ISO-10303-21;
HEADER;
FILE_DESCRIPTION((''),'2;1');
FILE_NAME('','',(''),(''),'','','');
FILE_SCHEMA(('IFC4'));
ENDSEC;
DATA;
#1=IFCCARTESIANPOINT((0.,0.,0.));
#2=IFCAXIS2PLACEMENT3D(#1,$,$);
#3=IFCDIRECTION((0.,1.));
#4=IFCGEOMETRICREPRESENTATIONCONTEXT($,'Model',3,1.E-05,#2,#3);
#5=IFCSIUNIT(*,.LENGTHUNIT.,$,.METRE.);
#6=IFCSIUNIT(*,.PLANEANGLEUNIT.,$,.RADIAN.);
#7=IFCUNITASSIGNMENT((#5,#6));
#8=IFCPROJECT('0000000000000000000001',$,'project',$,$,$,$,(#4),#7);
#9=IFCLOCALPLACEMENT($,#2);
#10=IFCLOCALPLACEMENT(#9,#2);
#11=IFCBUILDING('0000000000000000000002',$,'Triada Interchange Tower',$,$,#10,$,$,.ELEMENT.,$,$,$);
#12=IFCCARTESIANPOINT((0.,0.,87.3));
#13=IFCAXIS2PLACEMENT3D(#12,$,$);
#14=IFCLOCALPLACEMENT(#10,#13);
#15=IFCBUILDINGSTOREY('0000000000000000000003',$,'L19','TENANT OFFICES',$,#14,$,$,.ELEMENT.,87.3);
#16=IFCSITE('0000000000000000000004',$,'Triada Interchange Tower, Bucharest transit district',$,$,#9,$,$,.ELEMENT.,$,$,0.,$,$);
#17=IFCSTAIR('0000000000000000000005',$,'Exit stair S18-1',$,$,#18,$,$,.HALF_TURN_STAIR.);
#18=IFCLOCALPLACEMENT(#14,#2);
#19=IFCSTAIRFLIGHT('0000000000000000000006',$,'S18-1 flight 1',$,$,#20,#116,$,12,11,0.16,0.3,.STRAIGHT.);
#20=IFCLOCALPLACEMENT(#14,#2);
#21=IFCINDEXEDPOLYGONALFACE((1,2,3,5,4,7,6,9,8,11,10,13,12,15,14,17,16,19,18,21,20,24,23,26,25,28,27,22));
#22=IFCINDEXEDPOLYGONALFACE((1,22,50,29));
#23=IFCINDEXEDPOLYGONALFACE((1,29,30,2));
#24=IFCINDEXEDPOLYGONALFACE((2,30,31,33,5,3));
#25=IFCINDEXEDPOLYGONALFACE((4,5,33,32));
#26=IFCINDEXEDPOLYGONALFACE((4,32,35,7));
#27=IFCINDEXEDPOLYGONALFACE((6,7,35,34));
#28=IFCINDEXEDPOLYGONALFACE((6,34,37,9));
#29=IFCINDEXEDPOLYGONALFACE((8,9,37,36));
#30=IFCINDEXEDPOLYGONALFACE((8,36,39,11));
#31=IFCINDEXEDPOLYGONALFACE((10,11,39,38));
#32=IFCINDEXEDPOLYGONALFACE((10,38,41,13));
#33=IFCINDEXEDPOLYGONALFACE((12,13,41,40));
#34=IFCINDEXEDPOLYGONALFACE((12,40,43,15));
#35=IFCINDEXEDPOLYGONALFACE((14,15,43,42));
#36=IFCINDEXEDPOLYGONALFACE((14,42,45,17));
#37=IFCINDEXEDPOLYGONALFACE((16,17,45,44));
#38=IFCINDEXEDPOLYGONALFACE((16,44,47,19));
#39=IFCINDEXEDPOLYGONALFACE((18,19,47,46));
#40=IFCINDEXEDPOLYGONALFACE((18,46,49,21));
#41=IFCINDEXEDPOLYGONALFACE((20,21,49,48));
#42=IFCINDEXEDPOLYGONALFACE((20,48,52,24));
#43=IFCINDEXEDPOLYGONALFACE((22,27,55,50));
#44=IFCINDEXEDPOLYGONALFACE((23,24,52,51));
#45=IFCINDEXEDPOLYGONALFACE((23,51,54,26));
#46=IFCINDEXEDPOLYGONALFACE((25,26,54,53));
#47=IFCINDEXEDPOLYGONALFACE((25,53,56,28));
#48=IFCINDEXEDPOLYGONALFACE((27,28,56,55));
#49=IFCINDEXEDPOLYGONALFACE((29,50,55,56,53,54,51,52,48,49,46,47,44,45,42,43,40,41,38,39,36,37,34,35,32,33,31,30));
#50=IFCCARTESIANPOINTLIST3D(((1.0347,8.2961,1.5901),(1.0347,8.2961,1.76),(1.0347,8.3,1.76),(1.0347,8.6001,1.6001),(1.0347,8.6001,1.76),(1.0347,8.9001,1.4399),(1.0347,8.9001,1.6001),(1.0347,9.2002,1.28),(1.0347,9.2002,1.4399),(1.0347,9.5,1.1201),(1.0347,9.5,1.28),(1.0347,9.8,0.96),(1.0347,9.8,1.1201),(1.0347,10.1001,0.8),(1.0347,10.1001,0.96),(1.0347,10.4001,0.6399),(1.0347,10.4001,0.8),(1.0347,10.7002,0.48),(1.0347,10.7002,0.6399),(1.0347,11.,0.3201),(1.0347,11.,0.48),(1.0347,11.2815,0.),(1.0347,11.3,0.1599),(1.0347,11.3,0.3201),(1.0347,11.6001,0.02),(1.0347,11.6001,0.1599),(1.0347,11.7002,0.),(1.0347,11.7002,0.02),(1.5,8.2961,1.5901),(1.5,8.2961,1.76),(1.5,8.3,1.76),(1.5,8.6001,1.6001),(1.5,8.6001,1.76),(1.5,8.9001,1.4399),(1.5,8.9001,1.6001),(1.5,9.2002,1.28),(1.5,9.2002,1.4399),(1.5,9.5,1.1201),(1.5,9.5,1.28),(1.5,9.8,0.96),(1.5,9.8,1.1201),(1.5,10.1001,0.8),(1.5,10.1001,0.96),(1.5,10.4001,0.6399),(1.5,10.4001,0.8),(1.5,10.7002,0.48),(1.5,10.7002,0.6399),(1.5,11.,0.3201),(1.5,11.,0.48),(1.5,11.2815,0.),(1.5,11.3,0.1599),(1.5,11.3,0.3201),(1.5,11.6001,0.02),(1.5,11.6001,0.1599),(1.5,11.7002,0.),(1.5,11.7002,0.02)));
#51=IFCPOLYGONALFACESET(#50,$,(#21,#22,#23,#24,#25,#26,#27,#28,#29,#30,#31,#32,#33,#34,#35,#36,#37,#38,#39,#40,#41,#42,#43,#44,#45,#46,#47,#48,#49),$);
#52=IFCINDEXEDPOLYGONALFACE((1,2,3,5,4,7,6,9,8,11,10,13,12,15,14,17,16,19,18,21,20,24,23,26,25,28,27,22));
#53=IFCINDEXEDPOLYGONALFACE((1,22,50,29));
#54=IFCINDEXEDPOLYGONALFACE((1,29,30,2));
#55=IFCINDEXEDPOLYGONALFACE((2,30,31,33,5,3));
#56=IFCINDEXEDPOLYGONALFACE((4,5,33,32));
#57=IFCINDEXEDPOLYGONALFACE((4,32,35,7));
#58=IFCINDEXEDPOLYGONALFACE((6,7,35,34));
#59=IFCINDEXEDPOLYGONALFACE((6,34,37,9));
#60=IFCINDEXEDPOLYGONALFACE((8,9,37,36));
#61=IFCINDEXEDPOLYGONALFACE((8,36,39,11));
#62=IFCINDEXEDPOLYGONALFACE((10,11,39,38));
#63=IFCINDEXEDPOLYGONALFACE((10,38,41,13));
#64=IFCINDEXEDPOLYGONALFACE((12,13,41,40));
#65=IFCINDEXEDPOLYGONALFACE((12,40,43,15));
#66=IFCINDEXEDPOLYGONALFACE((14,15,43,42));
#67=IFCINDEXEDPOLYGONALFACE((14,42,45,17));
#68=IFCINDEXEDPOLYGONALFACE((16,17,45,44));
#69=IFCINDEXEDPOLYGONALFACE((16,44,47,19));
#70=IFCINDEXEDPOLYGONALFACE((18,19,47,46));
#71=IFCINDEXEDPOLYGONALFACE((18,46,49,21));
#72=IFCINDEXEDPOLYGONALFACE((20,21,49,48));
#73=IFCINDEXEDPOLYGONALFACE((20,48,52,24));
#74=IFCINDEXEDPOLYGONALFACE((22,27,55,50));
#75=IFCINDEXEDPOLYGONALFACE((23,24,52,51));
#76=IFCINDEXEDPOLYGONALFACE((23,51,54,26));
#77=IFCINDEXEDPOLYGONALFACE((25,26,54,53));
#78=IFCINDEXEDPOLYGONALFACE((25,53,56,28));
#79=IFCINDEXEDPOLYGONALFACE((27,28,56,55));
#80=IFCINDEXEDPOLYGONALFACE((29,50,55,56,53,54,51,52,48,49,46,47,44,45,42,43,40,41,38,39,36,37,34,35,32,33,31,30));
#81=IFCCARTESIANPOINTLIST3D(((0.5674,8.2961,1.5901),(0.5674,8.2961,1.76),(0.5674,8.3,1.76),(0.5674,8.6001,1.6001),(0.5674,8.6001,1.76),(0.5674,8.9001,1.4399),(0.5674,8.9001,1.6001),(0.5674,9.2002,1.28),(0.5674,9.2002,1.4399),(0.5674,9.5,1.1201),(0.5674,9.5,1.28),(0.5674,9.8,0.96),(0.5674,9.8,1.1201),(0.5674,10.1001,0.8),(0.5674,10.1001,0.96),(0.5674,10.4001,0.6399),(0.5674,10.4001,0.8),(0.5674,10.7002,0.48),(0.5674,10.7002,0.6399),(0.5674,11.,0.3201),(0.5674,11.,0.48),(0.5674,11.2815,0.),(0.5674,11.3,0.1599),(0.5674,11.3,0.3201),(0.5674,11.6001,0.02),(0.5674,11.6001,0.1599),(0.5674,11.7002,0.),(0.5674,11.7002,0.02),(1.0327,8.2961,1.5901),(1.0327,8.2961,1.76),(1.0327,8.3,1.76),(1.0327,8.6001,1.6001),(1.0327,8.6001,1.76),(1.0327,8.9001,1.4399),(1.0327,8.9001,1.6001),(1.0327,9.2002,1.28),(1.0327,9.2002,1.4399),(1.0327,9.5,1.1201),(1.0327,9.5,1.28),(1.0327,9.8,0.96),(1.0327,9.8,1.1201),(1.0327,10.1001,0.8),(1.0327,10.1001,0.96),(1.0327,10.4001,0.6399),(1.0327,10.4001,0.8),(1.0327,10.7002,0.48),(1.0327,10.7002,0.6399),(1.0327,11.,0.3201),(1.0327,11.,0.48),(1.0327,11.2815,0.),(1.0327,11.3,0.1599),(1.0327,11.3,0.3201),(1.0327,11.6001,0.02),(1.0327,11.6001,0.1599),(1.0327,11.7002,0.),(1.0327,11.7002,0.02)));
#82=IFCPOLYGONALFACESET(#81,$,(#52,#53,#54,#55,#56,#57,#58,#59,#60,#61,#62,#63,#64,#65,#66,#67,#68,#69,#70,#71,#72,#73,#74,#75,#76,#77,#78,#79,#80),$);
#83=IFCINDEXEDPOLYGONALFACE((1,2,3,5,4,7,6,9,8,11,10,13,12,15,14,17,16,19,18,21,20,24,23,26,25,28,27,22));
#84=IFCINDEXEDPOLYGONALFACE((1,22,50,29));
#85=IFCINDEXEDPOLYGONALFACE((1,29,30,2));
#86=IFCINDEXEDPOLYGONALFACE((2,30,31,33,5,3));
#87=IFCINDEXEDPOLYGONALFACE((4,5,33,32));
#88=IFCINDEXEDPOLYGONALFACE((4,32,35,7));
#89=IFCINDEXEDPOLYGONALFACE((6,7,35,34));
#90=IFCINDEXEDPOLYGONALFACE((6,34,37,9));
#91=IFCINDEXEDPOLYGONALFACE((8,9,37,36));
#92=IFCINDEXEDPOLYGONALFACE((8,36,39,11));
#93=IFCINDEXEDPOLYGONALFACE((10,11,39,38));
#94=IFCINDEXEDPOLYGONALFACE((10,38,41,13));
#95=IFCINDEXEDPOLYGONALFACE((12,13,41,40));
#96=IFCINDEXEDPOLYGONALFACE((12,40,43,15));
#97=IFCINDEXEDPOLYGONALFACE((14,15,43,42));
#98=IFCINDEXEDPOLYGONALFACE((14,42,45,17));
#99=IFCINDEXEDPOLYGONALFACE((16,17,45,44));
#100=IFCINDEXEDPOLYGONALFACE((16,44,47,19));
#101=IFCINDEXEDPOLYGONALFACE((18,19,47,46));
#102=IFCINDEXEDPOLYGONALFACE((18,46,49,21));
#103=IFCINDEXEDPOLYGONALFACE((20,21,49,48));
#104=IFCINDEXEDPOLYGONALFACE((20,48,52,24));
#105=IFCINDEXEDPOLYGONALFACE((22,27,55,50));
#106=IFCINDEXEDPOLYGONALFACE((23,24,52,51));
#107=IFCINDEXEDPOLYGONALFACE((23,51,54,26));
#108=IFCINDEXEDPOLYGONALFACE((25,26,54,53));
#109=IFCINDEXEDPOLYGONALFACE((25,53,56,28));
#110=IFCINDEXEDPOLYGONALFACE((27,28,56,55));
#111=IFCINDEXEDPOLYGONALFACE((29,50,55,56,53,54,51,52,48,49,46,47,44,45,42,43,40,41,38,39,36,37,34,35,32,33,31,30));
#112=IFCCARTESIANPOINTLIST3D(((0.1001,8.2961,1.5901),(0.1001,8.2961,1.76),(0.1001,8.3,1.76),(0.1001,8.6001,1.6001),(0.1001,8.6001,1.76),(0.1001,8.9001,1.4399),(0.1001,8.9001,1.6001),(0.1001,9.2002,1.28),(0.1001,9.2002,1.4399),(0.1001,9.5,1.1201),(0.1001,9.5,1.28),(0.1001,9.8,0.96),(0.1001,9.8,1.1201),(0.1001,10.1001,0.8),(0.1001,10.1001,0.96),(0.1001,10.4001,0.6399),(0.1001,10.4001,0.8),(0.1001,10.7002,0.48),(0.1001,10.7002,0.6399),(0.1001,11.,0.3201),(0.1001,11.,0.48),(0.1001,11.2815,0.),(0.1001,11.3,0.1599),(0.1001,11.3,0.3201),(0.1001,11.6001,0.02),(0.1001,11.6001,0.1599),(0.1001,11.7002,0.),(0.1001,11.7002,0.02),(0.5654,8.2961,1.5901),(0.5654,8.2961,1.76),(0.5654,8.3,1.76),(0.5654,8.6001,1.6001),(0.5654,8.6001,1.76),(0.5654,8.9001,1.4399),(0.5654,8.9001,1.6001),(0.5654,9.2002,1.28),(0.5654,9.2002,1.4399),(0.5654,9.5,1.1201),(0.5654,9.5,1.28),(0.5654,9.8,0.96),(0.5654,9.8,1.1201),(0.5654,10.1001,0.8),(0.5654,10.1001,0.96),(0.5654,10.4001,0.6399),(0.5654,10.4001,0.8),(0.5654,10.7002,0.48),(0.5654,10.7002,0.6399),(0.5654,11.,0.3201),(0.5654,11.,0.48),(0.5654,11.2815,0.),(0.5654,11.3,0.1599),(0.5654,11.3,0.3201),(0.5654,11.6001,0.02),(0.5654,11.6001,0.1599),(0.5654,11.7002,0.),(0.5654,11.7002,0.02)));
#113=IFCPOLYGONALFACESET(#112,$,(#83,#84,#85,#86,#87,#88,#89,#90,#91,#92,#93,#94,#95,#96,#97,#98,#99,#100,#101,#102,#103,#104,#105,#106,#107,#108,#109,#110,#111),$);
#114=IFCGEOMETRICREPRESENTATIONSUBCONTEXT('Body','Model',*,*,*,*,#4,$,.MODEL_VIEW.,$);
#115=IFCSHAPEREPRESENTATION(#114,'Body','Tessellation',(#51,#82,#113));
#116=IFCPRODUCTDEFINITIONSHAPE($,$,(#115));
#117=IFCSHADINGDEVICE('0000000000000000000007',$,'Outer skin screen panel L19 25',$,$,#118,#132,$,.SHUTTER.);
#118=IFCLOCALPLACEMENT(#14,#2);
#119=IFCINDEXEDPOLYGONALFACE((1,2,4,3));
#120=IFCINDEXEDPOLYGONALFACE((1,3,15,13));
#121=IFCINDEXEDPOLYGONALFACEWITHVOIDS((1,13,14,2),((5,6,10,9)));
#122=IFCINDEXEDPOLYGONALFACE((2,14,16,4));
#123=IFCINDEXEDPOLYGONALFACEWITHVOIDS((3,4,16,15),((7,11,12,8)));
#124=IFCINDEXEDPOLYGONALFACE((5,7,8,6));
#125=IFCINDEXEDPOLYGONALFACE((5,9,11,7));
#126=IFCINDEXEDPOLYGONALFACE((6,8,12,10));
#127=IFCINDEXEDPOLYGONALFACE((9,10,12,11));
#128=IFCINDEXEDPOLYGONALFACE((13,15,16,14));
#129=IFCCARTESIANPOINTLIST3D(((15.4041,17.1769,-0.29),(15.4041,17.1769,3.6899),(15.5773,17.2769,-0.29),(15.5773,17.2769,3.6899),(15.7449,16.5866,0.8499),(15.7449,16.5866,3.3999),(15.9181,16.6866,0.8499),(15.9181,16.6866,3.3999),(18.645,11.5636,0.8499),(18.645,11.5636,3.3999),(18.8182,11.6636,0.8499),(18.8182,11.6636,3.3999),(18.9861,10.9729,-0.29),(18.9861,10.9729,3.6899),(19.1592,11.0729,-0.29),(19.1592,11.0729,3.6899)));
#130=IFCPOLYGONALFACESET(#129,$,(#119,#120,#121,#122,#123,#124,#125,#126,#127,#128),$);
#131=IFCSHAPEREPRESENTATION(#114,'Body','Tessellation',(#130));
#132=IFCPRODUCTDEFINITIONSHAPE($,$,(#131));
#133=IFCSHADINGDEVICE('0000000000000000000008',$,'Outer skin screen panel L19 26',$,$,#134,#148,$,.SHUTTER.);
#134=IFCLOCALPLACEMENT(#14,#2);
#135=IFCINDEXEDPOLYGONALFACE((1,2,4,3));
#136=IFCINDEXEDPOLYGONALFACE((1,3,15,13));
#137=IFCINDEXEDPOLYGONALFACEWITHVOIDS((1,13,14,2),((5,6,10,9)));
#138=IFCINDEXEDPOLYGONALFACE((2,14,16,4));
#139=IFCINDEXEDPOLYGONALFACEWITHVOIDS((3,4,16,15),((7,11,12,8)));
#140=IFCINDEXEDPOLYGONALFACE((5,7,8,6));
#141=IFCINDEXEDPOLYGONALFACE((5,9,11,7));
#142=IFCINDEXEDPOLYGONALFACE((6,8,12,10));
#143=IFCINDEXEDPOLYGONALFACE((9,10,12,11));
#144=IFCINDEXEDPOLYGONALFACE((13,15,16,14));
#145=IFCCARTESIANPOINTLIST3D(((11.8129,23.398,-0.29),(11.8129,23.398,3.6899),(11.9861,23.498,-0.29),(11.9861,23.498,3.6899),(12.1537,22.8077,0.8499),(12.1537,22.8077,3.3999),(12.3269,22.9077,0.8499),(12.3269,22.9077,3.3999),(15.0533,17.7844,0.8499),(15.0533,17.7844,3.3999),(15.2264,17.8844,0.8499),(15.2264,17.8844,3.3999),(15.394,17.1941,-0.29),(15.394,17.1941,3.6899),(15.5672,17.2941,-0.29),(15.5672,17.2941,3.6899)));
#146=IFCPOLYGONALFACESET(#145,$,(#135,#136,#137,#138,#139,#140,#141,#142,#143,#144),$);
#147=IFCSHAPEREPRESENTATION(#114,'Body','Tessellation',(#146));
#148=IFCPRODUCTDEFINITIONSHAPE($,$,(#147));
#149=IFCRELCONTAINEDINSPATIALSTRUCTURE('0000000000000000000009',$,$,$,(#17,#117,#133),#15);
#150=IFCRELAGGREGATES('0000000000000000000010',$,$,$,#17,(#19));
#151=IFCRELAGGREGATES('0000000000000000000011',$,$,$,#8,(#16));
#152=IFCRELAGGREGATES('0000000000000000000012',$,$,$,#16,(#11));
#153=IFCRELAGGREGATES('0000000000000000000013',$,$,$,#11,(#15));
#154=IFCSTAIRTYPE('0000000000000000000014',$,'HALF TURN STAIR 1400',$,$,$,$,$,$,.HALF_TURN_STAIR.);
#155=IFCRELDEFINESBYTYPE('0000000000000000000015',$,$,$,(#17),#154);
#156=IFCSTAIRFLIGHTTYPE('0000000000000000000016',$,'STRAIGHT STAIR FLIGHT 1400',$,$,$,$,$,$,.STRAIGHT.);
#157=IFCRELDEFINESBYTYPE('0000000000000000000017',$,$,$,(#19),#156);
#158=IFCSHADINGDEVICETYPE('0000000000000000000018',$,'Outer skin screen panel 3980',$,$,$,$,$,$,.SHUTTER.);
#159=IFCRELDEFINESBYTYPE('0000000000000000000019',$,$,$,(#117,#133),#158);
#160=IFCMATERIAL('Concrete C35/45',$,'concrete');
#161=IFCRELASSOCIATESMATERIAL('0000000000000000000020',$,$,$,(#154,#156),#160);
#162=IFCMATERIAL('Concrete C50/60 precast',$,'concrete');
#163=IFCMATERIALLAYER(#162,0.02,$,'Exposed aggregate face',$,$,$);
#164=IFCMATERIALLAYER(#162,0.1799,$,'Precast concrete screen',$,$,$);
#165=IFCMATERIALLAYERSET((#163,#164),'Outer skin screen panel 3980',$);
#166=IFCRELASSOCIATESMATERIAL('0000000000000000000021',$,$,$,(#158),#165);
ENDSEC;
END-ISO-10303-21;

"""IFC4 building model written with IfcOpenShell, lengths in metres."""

from ifc_helpers import new_model, si_unit, direction, frame, origin, place, context, subcontext, project, spatial, polyline, outline, extrude, material, layer, layer_set, type_object, element, aggregate, save


model = new_model("IFC4")

# Units and contexts
model_context = context("Model", 3, precision=1e-05, world=origin(), true_north=direction((0.0, 1.0)))
body_context = subcontext(model_context, "Body", "Model", "MODEL_VIEW")
ifc_project = project(units=[si_unit("LENGTHUNIT", "METRE"), si_unit("PLANEANGLEUNIT", "RADIAN")], contexts=[model_context])

# Site, building, storey
site_placement = place(None, origin())
site = spatial("IfcSite", under=ifc_project, at=site_placement, Name="Triada Interchange Tower, Bucharest transit district", CompositionType="ELEMENT", RefElevation=0.0)
building_placement = place(site_placement, origin())
building = spatial("IfcBuilding", under=site, at=building_placement, Name="Triada Interchange Tower", CompositionType="ELEMENT")
storey_placement = place(building_placement, frame((0.0, 0.0, 87.3)))
storey = spatial("IfcBuildingStorey", under=building, at=storey_placement, Name="L19", Description="TENANT OFFICES", CompositionType="ELEMENT", Elevation=87.3)

# Stair, stair flight
ifc_material_1 = material(Name="Concrete C35/45", Category="concrete")
stair_type = type_object("IfcStairType", Name="HALF TURN STAIR 1400", PredefinedType="HALF_TURN_STAIR", material=ifc_material_1)
stair_placement = place(storey_placement, origin())
stair = element("IfcStair", 1, at=stair_placement, inside=storey, type_object=stair_type, Name="Exit stair S18-1", PredefinedType="HALF_TURN_STAIR")
stair_flight_type = type_object("IfcStairFlightType", Name="STRAIGHT STAIR FLIGHT 1400", PredefinedType="STRAIGHT", material=ifc_material_1)
stair_flight_placement = place(storey_placement, frame((0.8, 11.6001, 0.0), z_axis=(0.0, 0.0, 1.0), x_axis=(0.0, -1.0, 0.0)))
stair_flight = element("IfcStairFlight", 2, at=stair_flight_placement, type_object=stair_flight_type, Name="S18-1 flight 1", NumberOfRisers=12, NumberOfTreads=11, PredefinedType="STRAIGHT", RiserHeight=0.16, TreadLength=0.3, context=body_context, shape_type="SweptSolid", body=[
    extrude(outline(polyline([(-0.1001, 0.0), (-0.1001, 0.02), (0.0, 0.02), (0.0, 0.1599), (0.3, 0.1599), (0.3, 0.3201), (0.6001, 0.3201), (0.6001, 0.48), (0.8999, 0.48), (0.8999, 0.6399), (1.2, 0.6399), (1.2, 0.8), (1.5, 0.8), (1.5, 0.96), (1.8, 0.96), (1.8, 1.1201), (2.1001, 1.1201), (2.1001, 1.28), (2.3999, 1.28), (2.3999, 1.4399), (2.7, 1.4399), (2.7, 1.6001), (3.0, 1.6001), (3.0, 1.76), (3.3, 1.76), (3.304, 1.76), (3.304, 1.9199), (3.304, 1.5901), (0.3186, 0.0), (-0.1001, 0.0)])), frame((0.0, 0.7, 0.0), z_axis=(0.0, -1.0, 0.0), x_axis=(1.0, 0.0, 0.0)), (0.0, 0.0, 1.0), 0.4653),
    extrude(outline(polyline([(-0.1001, 0.0), (-0.1001, 0.02), (0.0, 0.02), (0.0, 0.1599), (0.3, 0.1599), (0.3, 0.3201), (0.6001, 0.3201), (0.6001, 0.48), (0.8999, 0.48), (0.8999, 0.6399), (1.2, 0.6399), (1.2, 0.8), (1.5, 0.8), (1.5, 0.96), (1.8, 0.96), (1.8, 1.1201), (2.1001, 1.1201), (2.1001, 1.28), (2.3999, 1.28), (2.3999, 1.4399), (2.7, 1.4399), (2.7, 1.6001), (3.0, 1.6001), (3.0, 1.76), (3.3, 1.76), (3.304, 1.76), (3.304, 1.9199), (3.304, 1.5901), (0.3186, 0.0), (-0.1001, 0.0)])), frame((0.0, 0.2327, 0.0), z_axis=(0.0, -1.0, 0.0), x_axis=(1.0, 0.0, 0.0)), (0.0, 0.0, 1.0), 0.4653),
    extrude(outline(polyline([(-0.1001, 0.0), (-0.1001, 0.02), (0.0, 0.02), (0.0, 0.1599), (0.3, 0.1599), (0.3, 0.3201), (0.6001, 0.3201), (0.6001, 0.48), (0.8999, 0.48), (0.8999, 0.6399), (1.2, 0.6399), (1.2, 0.8), (1.5, 0.8), (1.5, 0.96), (1.8, 0.96), (1.8, 1.1201), (2.1001, 1.1201), (2.1001, 1.28), (2.3999, 1.28), (2.3999, 1.4399), (2.7, 1.4399), (2.7, 1.6001), (3.0, 1.6001), (3.0, 1.76), (3.3, 1.76), (3.304, 1.76), (3.304, 1.9199), (3.304, 1.5901), (0.3186, 0.0), (-0.1001, 0.0)])), frame((0.0, -0.2346, 0.0), z_axis=(0.0, -1.0, 0.0), x_axis=(1.0, 0.0, 0.0)), (0.0, 0.0, 1.0), 0.4653),
])

# Shading devices
ifc_material_2 = material(Name="Concrete C50/60 precast", Category="concrete")
ifc_layer_1 = layer(ifc_material_2, 0.02, Name="Exposed aggregate face")
ifc_layer_2 = layer(ifc_material_2, 0.1799, Name="Precast concrete screen")
ifc_layer_set_1 = layer_set([ifc_layer_1, ifc_layer_2], Name="Outer skin screen panel 3980")
shading_device_type = type_object("IfcShadingDeviceType", Name="Outer skin screen panel 3980", PredefinedType="SHUTTER", material=ifc_layer_set_1)
shading_device_1_placement = place(storey_placement, frame((18.9861, 10.9729, -0.29), z_axis=(0.0, 0.0, 1.0), x_axis=(-0.50001, 0.86602, 0.0)))
element("IfcShadingDevice", 3, at=shading_device_1_placement, inside=storey, type_object=shading_device_type, Name="Outer skin screen panel L19 25", PredefinedType="SHUTTER", context=body_context, shape_type="SweptSolid", body=[
    extrude(outline(polyline([(0.0, 0.0), (7.1638, 0.0), (7.1638, 3.98), (0.0, 3.98), (0.0, 0.0)]), holes=[polyline([(0.6821, 1.1399), (0.6821, 3.6899), (6.4822, 3.6899), (6.4822, 1.1399), (0.6821, 1.1399)])]), frame((0.0, 0.0, 0.0), z_axis=(0.0, -1.0, 0.0), x_axis=(1.0, 0.0, 0.0)), (0.0, 0.0, 1.0), 0.2),
])
shading_device_2_placement = place(storey_placement, frame((15.394, 17.1941, -0.29), z_axis=(0.0, 0.0, 1.0), x_axis=(-0.499922, 0.86607, 0.0)))
element("IfcShadingDevice", 4, at=shading_device_2_placement, inside=storey, type_object=shading_device_type, Name="Outer skin screen panel L19 26", PredefinedType="SHUTTER", context=body_context, shape_type="SweptSolid", body=[
    extrude(outline(polyline([(0.0, 0.0), (7.1633, 0.0), (7.1633, 3.98), (0.0, 3.98), (0.0, 0.0)]), holes=[polyline([(0.6816, 1.1399), (0.6816, 3.6899), (6.4817, 3.6899), (6.4817, 1.1399), (0.6816, 1.1399)])]), frame((0.0, 0.0, 0.0), z_axis=(0.0, -1.0, 0.0), x_axis=(1.0, 0.0, 0.0)), (0.0, 0.0, 1.0), 0.2),
])

aggregate(stair, [stair_flight])

save(model, "model.ifc")
